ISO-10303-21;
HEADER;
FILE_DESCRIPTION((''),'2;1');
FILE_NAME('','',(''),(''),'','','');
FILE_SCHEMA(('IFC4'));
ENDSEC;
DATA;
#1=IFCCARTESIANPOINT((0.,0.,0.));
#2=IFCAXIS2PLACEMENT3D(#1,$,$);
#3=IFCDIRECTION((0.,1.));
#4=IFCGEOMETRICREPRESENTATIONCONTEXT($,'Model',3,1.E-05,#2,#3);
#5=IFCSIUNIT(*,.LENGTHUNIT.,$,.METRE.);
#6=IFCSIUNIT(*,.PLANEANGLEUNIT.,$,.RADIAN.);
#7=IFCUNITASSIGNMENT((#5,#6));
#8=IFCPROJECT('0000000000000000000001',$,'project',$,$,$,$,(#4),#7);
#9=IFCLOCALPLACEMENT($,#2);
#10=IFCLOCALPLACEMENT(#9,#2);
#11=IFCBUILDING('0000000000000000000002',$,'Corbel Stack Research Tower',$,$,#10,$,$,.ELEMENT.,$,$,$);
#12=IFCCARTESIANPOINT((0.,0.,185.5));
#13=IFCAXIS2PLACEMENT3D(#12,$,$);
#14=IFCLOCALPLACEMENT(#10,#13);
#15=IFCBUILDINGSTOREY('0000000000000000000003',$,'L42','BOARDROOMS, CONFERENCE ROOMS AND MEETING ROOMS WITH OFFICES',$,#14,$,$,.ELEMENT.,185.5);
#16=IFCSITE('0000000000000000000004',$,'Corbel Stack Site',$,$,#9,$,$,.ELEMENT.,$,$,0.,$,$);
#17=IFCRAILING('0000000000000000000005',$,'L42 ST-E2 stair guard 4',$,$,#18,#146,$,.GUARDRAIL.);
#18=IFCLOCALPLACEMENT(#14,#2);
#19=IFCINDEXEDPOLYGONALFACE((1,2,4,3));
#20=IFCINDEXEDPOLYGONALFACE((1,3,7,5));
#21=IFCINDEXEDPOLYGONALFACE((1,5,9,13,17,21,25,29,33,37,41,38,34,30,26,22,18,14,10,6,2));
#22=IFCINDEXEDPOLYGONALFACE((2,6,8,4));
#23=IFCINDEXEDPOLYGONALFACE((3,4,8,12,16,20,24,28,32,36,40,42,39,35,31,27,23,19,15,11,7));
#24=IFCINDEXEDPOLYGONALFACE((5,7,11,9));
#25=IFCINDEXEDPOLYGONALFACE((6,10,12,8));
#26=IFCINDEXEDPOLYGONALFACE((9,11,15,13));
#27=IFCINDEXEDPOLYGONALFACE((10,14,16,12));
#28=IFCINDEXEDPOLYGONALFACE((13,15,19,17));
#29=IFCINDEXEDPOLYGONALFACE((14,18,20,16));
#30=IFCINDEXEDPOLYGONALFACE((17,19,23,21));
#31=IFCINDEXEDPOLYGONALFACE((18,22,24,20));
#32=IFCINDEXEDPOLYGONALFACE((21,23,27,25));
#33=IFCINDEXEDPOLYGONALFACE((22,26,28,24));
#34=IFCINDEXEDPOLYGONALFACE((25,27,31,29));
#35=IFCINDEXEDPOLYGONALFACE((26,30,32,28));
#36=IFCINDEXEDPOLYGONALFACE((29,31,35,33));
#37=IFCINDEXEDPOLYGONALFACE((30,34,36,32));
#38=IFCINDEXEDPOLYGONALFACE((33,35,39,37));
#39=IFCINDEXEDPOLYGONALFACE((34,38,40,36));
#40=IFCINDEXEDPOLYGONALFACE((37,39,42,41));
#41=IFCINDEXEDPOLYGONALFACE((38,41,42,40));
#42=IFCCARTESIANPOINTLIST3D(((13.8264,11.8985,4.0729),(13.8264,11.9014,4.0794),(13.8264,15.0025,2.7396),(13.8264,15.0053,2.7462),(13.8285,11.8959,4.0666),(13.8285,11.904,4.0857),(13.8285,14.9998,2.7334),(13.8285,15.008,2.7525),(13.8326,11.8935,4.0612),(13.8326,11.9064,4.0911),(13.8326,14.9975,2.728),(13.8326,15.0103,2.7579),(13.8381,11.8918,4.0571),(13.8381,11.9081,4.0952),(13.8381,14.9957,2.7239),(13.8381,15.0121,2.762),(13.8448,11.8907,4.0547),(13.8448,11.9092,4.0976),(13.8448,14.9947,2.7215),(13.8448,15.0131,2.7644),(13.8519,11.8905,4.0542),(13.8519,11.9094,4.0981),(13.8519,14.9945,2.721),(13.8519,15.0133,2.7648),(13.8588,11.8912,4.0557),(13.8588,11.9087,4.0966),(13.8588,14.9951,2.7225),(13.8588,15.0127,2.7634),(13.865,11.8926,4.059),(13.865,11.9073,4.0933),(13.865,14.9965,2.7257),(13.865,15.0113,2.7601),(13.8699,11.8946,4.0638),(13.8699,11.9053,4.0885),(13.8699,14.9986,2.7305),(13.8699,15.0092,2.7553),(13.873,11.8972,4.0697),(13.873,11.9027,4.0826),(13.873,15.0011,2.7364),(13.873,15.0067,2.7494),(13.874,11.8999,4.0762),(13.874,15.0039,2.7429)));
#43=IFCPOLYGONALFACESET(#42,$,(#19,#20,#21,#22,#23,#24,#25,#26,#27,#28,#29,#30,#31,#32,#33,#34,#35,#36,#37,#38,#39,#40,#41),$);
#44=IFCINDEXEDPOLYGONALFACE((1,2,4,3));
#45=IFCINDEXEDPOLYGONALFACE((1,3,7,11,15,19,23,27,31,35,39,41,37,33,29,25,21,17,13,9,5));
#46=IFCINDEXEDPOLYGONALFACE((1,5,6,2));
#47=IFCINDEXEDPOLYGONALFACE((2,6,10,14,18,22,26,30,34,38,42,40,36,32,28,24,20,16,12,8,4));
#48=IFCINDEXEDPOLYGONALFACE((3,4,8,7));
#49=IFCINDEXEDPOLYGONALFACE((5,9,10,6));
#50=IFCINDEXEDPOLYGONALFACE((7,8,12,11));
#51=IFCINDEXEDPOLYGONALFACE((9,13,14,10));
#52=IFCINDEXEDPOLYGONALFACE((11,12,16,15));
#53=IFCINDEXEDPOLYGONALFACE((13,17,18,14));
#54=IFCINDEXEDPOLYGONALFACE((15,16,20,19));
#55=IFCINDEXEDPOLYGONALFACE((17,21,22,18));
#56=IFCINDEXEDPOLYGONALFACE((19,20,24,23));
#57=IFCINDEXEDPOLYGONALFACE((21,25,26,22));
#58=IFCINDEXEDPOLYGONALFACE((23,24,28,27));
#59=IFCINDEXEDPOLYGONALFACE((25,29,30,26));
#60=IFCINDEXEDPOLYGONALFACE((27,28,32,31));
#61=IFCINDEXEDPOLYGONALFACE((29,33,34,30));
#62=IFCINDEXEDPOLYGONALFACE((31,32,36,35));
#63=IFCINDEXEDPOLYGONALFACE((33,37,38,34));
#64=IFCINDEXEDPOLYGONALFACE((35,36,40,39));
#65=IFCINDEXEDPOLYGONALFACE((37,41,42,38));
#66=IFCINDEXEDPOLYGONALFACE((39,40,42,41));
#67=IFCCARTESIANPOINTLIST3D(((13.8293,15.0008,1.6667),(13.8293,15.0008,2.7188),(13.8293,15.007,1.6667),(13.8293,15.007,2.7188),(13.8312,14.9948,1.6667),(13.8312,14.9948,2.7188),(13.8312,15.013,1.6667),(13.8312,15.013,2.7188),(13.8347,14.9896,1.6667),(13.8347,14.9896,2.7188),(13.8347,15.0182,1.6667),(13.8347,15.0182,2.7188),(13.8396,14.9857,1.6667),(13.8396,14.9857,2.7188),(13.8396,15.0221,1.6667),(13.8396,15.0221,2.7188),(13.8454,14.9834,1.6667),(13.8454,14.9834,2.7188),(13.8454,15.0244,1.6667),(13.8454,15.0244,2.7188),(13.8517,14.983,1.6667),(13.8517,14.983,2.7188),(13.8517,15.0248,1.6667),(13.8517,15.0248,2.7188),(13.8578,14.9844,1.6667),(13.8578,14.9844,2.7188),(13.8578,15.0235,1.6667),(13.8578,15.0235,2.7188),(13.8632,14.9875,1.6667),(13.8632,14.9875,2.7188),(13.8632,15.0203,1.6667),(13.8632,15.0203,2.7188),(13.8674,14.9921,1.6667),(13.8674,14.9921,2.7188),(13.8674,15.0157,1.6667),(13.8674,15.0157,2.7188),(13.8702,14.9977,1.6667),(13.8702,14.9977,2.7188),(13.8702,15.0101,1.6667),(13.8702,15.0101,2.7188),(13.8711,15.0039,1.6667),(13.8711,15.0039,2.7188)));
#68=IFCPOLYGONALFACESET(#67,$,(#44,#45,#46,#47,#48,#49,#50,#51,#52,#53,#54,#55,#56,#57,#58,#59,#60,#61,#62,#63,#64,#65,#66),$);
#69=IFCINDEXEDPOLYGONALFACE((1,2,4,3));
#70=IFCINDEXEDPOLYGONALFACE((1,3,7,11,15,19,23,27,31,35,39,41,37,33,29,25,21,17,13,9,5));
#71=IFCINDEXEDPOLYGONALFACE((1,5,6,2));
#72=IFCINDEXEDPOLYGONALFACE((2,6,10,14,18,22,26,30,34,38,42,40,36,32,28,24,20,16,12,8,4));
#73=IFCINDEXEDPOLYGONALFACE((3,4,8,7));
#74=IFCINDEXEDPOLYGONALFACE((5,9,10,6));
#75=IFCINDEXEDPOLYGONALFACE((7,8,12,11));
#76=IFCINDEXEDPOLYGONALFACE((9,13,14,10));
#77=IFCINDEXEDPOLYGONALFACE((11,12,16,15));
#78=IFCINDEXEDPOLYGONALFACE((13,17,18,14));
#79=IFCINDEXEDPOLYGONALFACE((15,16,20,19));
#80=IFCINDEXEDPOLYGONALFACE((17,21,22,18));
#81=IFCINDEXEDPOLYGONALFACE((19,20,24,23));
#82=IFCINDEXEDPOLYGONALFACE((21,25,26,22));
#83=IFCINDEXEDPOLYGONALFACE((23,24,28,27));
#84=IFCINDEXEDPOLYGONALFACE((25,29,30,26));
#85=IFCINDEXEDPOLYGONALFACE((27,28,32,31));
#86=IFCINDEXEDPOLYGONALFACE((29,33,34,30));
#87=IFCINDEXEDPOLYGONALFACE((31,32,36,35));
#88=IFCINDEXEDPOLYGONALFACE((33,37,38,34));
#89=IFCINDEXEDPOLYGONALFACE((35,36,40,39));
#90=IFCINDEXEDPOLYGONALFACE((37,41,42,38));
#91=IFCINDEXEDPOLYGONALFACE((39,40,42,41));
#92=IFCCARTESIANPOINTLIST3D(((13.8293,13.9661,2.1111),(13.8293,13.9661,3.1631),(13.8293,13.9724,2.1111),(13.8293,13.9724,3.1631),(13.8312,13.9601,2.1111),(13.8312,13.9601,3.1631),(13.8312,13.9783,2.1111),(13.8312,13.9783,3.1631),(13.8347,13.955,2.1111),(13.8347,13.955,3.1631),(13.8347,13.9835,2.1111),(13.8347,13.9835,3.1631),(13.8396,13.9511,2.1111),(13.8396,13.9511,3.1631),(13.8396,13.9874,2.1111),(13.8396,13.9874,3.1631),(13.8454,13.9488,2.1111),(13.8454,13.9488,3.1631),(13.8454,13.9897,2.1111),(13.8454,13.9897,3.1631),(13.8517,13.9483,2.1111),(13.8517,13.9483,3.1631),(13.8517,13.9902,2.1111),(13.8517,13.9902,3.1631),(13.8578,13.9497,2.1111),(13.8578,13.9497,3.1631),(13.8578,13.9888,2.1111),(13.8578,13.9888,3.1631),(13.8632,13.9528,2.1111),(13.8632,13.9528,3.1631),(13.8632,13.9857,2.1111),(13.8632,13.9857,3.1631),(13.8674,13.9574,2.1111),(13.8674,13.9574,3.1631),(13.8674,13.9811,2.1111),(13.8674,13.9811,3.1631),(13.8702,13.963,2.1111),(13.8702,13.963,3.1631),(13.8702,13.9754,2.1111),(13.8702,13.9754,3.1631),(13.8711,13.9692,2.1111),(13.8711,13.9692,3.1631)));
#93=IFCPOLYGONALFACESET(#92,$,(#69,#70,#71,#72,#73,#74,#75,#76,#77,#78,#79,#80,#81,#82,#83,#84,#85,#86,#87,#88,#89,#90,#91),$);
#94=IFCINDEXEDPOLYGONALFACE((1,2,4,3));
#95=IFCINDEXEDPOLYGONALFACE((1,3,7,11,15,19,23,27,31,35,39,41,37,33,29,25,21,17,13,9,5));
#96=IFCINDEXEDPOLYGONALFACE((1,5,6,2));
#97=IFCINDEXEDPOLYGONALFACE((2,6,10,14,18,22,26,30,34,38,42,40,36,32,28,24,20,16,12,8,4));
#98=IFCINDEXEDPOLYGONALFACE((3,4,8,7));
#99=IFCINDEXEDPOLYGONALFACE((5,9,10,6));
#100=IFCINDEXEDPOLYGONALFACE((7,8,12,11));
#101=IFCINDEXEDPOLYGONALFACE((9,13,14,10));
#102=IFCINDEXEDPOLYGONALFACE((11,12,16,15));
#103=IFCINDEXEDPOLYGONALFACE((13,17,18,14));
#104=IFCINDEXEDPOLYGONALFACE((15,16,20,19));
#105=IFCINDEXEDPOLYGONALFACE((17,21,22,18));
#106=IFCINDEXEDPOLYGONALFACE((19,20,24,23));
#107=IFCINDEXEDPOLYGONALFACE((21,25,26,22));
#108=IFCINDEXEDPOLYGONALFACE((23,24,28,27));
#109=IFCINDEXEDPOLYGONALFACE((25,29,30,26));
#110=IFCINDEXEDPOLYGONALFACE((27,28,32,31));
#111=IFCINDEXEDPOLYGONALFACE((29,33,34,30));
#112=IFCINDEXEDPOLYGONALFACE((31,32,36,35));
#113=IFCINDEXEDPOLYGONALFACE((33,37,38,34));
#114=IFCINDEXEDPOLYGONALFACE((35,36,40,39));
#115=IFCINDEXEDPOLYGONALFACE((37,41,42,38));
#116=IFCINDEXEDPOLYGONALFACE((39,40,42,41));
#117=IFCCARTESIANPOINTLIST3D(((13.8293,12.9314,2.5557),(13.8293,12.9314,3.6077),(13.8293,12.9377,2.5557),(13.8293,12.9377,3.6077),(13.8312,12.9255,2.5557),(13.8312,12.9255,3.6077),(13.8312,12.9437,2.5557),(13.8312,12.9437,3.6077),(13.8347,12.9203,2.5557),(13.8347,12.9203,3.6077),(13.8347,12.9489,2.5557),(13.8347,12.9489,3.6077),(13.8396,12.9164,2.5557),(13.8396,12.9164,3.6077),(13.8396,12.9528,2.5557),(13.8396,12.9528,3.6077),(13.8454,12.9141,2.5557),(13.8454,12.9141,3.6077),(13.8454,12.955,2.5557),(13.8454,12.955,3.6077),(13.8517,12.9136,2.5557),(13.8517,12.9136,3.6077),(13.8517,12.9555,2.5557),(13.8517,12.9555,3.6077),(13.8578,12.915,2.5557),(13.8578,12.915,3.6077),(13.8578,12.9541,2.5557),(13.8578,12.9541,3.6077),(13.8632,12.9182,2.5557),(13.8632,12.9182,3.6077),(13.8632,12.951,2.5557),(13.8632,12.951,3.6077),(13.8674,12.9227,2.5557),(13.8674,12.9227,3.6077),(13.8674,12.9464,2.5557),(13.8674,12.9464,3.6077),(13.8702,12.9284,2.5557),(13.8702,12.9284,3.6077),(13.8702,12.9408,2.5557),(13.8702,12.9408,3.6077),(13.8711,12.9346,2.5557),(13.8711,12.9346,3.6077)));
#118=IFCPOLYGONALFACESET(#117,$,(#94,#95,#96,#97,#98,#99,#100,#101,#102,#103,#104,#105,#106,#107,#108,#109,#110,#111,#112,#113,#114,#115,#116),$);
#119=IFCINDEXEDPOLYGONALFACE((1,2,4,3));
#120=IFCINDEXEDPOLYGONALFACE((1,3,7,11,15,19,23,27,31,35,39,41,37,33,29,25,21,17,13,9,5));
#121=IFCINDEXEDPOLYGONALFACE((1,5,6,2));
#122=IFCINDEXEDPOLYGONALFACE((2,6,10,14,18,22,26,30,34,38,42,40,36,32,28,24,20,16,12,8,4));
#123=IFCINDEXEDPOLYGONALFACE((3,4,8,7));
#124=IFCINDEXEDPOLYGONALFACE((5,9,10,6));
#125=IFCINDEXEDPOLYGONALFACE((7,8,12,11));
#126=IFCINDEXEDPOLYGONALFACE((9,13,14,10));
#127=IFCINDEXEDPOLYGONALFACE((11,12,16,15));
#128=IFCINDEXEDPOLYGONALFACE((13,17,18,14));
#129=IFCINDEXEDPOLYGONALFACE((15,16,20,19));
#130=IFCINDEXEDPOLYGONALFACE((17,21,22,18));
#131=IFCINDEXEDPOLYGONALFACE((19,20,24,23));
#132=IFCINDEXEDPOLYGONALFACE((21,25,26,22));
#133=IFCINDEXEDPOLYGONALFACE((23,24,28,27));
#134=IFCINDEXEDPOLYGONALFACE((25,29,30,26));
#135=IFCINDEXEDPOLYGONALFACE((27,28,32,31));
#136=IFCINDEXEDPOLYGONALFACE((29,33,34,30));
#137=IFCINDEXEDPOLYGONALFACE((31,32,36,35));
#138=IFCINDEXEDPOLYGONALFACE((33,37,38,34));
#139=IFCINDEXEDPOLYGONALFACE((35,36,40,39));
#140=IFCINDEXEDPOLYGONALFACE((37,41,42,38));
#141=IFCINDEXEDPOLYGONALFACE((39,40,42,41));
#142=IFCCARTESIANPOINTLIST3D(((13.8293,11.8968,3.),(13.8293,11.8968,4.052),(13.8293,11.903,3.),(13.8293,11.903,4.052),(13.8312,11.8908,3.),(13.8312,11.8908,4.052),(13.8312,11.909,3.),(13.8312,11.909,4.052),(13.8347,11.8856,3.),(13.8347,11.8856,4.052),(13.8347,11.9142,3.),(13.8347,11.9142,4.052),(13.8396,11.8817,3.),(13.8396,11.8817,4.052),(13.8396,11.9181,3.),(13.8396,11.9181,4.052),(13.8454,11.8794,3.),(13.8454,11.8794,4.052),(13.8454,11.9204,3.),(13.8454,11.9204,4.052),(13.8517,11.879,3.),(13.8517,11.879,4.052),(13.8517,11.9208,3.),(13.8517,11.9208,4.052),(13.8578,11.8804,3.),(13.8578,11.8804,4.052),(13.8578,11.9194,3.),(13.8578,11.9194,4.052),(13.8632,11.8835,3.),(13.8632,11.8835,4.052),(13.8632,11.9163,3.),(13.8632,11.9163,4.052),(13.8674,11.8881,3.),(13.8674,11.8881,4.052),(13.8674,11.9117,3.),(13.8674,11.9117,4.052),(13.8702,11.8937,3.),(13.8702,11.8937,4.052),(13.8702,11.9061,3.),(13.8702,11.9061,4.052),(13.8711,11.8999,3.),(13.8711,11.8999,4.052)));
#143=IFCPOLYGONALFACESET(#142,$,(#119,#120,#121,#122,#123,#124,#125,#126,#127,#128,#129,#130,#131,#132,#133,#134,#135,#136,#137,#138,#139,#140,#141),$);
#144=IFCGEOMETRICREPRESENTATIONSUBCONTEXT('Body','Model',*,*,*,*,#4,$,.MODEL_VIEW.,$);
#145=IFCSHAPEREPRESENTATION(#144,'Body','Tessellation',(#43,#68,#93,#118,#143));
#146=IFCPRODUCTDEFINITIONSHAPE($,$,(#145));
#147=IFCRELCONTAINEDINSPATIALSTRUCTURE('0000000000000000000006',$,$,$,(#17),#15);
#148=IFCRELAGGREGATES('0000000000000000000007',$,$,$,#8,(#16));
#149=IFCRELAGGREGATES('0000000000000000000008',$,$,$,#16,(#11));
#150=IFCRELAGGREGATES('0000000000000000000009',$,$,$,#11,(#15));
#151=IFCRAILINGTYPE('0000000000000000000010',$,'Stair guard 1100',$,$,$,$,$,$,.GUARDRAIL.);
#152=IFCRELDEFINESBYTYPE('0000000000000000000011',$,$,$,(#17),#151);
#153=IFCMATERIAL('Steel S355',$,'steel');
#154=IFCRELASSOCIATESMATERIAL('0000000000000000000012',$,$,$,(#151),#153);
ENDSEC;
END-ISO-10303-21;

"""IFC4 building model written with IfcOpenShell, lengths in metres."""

from ifc_helpers import new_model, si_unit, direction, frame, origin, origin_2d, place, context, subcontext, project, spatial, circle, extrude, material, type_object, element, save


model = new_model("IFC4")

# Units and contexts
model_context = context("Model", 3, precision=1e-05, world=origin(), true_north=direction((0.0, 1.0)))
body_context = subcontext(model_context, "Body", "Model", "MODEL_VIEW")
ifc_project = project(units=[si_unit("LENGTHUNIT", "METRE"), si_unit("PLANEANGLEUNIT", "RADIAN")], contexts=[model_context])

# Site, building, storey
site_placement = place(None, origin())
site = spatial("IfcSite", under=ifc_project, at=site_placement, Name="Corbel Stack Site", CompositionType="ELEMENT", RefElevation=0.0)
building_placement = place(site_placement, origin())
building = spatial("IfcBuilding", under=site, at=building_placement, Name="Corbel Stack Research Tower", CompositionType="ELEMENT")
storey_placement = place(building_placement, frame((0.0, 0.0, 185.5)))
storey = spatial("IfcBuildingStorey", under=building, at=storey_placement, Name="L42", Description="BOARDROOMS, CONFERENCE ROOMS AND MEETING ROOMS WITH OFFICES", CompositionType="ELEMENT", Elevation=185.5)

# Railing
ifc_material_1 = material(Name="Steel S355", Category="steel")
railing_type_1 = type_object("IfcRailingType", Name="Stair guard 1100", PredefinedType="GUARDRAIL", material=ifc_material_1)
railing_1_placement = place(storey_placement, frame((13.8501, 15.0039, 1.6667)))
element("IfcRailing", 1, at=railing_1_placement, inside=storey, type_object=railing_type_1, Name="L42 ST-E2 stair guard 4", PredefinedType="GUARDRAIL", context=body_context, shape_type="SweptSolid", body=[
    extrude(circle(Radius=0.0239, at=origin_2d()), frame((0.0, 0.0, 1.0762), z_axis=(0.0, -0.918827, 0.394661), x_axis=(1.0, 0.0, 0.0)), (0.0, 0.0, 1.0), 3.3782),
    extrude(circle(Radius=0.021, at=origin_2d()), origin(), (0.0, 0.0, 1.0), 1.052),
    extrude(circle(Radius=0.021, at=origin_2d()), frame((0.0, -1.0347, 0.4443)), (0.0, 0.0, 1.0), 1.052),
    extrude(circle(Radius=0.021, at=origin_2d()), frame((0.0, -2.0693, 0.8889)), (0.0, 0.0, 1.0), 1.052),
    extrude(circle(Radius=0.021, at=origin_2d()), frame((0.0, -3.104, 1.3333)), (0.0, 0.0, 1.0), 1.052),
])

save(model, "model.ifc")
